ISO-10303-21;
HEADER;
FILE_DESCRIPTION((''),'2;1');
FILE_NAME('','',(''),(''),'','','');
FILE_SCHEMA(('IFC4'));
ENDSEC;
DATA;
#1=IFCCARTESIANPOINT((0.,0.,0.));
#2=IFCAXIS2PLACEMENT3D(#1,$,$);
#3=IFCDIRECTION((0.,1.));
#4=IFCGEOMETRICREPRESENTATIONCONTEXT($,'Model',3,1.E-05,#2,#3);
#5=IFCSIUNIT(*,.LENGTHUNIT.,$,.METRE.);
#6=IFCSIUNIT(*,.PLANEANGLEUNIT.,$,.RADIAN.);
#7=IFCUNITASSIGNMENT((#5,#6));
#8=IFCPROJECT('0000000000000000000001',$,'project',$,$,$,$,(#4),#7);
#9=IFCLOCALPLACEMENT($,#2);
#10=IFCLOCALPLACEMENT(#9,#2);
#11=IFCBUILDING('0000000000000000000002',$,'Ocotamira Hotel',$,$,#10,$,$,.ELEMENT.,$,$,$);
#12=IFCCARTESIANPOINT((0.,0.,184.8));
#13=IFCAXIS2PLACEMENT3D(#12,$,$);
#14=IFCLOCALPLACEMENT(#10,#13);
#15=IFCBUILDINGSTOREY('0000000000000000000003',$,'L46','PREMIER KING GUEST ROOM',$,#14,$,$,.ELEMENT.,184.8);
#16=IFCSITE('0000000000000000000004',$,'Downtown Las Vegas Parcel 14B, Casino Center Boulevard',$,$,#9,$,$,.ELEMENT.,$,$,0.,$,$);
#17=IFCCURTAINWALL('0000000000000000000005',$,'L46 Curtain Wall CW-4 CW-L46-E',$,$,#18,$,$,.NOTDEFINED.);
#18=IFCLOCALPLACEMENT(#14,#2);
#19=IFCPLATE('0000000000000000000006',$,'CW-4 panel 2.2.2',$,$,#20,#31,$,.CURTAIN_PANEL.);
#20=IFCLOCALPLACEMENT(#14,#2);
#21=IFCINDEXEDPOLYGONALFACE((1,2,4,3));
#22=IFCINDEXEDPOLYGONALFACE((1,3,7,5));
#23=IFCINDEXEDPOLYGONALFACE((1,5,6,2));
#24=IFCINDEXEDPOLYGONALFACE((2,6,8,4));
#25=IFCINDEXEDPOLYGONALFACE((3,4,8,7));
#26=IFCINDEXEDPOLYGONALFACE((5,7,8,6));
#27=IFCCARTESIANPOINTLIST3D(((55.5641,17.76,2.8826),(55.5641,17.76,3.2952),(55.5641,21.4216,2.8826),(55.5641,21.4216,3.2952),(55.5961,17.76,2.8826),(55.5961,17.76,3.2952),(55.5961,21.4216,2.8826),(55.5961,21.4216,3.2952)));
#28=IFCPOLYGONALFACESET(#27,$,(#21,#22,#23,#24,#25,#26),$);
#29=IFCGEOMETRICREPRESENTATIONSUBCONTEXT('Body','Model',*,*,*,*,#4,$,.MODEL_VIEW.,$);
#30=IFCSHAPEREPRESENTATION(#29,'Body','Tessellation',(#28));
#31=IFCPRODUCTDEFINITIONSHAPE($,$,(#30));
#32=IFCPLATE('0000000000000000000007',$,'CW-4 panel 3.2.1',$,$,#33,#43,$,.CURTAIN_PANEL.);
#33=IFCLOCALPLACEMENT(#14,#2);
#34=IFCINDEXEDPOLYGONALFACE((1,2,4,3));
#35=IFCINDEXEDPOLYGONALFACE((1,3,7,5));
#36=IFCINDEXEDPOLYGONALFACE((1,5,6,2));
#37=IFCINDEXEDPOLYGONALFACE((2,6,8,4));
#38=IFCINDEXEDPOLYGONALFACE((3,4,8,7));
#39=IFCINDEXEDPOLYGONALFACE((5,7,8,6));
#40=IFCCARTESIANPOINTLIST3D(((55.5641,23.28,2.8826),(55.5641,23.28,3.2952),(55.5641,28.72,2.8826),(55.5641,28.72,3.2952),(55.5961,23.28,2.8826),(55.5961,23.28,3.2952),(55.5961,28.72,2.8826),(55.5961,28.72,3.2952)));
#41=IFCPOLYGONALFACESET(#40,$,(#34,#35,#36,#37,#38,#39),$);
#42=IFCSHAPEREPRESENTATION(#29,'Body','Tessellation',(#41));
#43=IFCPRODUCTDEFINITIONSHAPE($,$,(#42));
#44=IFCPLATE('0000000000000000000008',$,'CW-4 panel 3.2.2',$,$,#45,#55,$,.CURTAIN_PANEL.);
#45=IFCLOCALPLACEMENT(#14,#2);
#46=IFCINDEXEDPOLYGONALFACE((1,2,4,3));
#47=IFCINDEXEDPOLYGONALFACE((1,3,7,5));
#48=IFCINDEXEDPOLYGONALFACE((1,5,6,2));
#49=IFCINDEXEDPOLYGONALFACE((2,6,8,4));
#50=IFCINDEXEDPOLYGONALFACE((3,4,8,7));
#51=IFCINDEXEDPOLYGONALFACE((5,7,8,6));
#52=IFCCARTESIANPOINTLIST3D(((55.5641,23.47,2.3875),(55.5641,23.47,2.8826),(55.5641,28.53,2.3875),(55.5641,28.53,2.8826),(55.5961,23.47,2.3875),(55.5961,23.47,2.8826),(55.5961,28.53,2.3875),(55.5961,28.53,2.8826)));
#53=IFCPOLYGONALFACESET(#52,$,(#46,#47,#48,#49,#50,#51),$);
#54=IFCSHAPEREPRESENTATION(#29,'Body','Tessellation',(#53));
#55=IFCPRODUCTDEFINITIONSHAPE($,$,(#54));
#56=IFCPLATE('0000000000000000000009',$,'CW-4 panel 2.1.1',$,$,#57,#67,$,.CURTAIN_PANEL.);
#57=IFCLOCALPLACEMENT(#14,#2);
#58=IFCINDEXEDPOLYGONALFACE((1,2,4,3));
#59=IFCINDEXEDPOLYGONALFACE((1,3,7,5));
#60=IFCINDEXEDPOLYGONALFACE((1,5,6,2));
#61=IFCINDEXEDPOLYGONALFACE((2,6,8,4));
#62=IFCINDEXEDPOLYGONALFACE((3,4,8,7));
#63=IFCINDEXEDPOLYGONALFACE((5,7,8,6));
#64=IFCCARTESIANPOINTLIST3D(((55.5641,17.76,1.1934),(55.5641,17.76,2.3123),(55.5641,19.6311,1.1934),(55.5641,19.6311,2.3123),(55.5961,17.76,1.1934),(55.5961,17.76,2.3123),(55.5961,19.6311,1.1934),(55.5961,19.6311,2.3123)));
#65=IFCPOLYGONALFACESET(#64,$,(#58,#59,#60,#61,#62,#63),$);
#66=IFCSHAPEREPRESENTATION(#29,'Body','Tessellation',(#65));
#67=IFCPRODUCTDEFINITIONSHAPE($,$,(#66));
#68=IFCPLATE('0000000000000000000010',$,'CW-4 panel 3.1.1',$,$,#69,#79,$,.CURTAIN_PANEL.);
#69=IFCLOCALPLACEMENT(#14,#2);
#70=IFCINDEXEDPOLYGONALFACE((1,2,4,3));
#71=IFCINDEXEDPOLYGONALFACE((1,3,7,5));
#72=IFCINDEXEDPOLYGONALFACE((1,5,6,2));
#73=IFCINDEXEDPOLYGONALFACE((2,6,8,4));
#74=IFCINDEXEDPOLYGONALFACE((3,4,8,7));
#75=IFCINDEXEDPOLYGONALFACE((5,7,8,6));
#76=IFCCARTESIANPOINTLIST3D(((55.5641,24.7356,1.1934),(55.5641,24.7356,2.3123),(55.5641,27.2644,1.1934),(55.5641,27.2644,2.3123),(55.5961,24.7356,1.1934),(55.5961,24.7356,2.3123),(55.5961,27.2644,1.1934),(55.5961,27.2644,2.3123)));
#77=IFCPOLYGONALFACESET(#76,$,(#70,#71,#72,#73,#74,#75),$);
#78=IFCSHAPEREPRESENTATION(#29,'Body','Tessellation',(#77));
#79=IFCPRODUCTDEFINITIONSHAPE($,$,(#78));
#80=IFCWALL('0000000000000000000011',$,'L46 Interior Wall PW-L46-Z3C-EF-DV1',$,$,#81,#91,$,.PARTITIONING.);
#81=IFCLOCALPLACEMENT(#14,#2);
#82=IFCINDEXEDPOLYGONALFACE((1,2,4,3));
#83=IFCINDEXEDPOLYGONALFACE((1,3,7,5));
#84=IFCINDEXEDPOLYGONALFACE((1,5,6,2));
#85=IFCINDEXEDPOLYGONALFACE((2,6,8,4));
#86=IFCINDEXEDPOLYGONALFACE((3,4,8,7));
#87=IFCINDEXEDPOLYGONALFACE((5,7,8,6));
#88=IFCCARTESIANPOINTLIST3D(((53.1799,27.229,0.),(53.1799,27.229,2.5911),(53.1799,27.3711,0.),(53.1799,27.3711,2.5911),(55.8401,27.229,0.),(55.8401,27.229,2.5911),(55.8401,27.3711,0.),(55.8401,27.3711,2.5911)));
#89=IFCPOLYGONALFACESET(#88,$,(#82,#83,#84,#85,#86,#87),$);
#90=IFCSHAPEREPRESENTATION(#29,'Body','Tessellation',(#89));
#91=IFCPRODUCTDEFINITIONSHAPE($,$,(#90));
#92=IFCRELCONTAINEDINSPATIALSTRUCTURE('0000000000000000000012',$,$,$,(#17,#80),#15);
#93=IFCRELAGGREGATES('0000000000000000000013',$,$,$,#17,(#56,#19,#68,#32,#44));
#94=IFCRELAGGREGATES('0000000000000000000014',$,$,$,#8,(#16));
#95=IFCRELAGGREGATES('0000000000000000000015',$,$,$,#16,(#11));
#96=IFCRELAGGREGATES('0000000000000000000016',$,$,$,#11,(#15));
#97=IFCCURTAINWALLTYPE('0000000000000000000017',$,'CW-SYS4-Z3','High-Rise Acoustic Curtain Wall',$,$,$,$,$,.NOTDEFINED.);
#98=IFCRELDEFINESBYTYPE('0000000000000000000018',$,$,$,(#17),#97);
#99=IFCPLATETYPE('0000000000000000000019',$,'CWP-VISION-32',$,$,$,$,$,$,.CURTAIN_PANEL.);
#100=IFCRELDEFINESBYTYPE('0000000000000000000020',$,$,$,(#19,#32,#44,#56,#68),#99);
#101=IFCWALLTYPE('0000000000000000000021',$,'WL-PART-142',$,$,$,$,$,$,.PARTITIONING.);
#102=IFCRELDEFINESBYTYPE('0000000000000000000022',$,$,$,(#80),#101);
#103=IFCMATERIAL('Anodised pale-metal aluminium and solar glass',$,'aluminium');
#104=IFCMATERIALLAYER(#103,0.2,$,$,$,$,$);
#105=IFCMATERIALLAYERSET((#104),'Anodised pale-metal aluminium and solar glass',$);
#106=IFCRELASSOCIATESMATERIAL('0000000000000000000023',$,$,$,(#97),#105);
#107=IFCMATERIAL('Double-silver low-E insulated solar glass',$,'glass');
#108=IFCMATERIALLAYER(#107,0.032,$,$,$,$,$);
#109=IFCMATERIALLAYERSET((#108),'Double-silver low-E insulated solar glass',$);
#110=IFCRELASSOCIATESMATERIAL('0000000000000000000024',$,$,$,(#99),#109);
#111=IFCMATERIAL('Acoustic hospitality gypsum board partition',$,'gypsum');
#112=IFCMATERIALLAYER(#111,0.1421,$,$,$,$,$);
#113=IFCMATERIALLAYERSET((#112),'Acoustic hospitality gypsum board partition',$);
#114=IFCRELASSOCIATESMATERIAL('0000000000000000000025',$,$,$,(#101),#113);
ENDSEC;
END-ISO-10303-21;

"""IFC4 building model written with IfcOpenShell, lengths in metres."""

from ifc_helpers import new_model, si_unit, direction, frame, frame_2d, origin, origin_2d, place, context, subcontext, project, spatial, rectangle, extrude, source, transform, mapped, material, layer, layer_set, type_object, element, aggregate, save


model = new_model("IFC4")

# Units and contexts
model_context = context("Model", 3, precision=1e-05, world=origin(), true_north=direction((0.0, 1.0)))
body_context = subcontext(model_context, "Body", "Model", "MODEL_VIEW")
ifc_project = project(units=[si_unit("LENGTHUNIT", "METRE"), si_unit("PLANEANGLEUNIT", "RADIAN")], contexts=[model_context])

# Site, building, storey
site_placement = place(None, origin())
site = spatial("IfcSite", under=ifc_project, at=site_placement, Name="Downtown Las Vegas Parcel 14B, Casino Center Boulevard", CompositionType="ELEMENT", RefElevation=0.0)
building_placement = place(site_placement, origin())
building = spatial("IfcBuilding", under=site, at=building_placement, Name="Ocotamira Hotel", CompositionType="ELEMENT")
storey_placement = place(building_placement, frame((0.0, 0.0, 184.8)))
storey = spatial("IfcBuildingStorey", under=building, at=storey_placement, Name="L46", Description="PREMIER KING GUEST ROOM", CompositionType="ELEMENT", Elevation=184.8)

# Curtain wall
ifc_material_1 = material(Name="Anodised pale-metal aluminium and solar glass", Category="aluminium")
ifc_layer_1 = layer(ifc_material_1, 0.2)
ifc_layer_set_1 = layer_set([ifc_layer_1], Name="Anodised pale-metal aluminium and solar glass")
curtain_wall_type = type_object("IfcCurtainWallType", Name="CW-SYS4-Z3", Description="High-Rise Acoustic Curtain Wall", PredefinedType="NOTDEFINED", material=ifc_layer_set_1)
curtain_wall_placement = place(storey_placement, origin())
curtain_wall = element("IfcCurtainWall", 1, at=curtain_wall_placement, inside=storey, type_object=curtain_wall_type, Name="L46 Curtain Wall CW-4 CW-L46-E", PredefinedType="NOTDEFINED")

# Plates
ifc_material_2 = material(Name="Double-silver low-E insulated solar glass", Category="glass")
ifc_layer_2 = layer(ifc_material_2, 0.032)
ifc_layer_set_2 = layer_set([ifc_layer_2], Name="Double-silver low-E insulated solar glass")
plate_type_1 = type_object("IfcPlateType", Name="CWP-VISION-32", PredefinedType="CURTAIN_PANEL", material=ifc_layer_set_2)
shared_shape_1 = source(origin(), body_context, "Body", "SweptSolid", [
    extrude(rectangle(XDim=3.6616, YDim=0.032, at=origin_2d()), origin(), (0.0, 0.0, 1.0), 0.4126),
])
plate_1_placement = place(storey_placement, frame((55.5801, 19.5908, 2.8826), z_axis=(0.0, 0.0, 1.0), x_axis=(0.0, 1.0, 0.0)))
plate_1 = element("IfcPlate", 2, at=plate_1_placement, type_object=plate_type_1, Name="CW-4 panel 2.2.2", PredefinedType="CURTAIN_PANEL", context=body_context, shape_type="MappedRepresentation", body=[
    mapped(shared_shape_1, transform((0.0, 0.0, 0.0), scale=1.0)),
])
shared_shape_2 = source(origin(), body_context, "Body", "SweptSolid", [
    extrude(rectangle(XDim=5.4399, YDim=0.032, at=origin_2d()), origin(), (0.0, 0.0, 1.0), 0.4126),
])
plate_2_placement = place(storey_placement, frame((55.5801, 26.0, 2.8826), z_axis=(0.0, 0.0, 1.0), x_axis=(0.0, 1.0, 0.0)))
plate_2 = element("IfcPlate", 3, at=plate_2_placement, type_object=plate_type_1, Name="CW-4 panel 3.2.1", PredefinedType="CURTAIN_PANEL", context=body_context, shape_type="MappedRepresentation", body=[
    mapped(shared_shape_2, transform((0.0, 0.0, 0.0), scale=1.0)),
])
shared_shape_3 = source(origin(), body_context, "Body", "SweptSolid", [
    extrude(rectangle(XDim=5.0601, YDim=0.032, at=origin_2d()), origin(), (0.0, 0.0, 1.0), 0.4951),
])
plate_3_placement = place(storey_placement, frame((55.5801, 26.0, 2.3875), z_axis=(0.0, 0.0, 1.0), x_axis=(0.0, 1.0, 0.0)))
plate_3 = element("IfcPlate", 4, at=plate_3_placement, type_object=plate_type_1, Name="CW-4 panel 3.2.2", PredefinedType="CURTAIN_PANEL", context=body_context, shape_type="MappedRepresentation", body=[
    mapped(shared_shape_3, transform((0.0, 0.0, 0.0), scale=1.0)),
])
shared_shape_4 = source(origin(), body_context, "Body", "SweptSolid", [
    extrude(rectangle(XDim=1.8711, YDim=0.032, at=origin_2d()), origin(), (0.0, 0.0, 1.0), 1.1189),
])
plate_4_placement = place(storey_placement, frame((55.5801, 18.6956, 1.1934), z_axis=(0.0, 0.0, 1.0), x_axis=(0.0, 1.0, 0.0)))
plate_4 = element("IfcPlate", 5, at=plate_4_placement, type_object=plate_type_1, Name="CW-4 panel 2.1.1", PredefinedType="CURTAIN_PANEL", context=body_context, shape_type="MappedRepresentation", body=[
    mapped(shared_shape_4, transform((0.0, 0.0, 0.0), scale=1.0)),
])
shared_shape_5 = source(origin(), body_context, "Body", "SweptSolid", [
    extrude(rectangle(XDim=2.5288, YDim=0.032, at=origin_2d()), origin(), (0.0, 0.0, 1.0), 1.1189),
])
plate_5_placement = place(storey_placement, frame((55.5801, 26.0, 1.1934), z_axis=(0.0, 0.0, 1.0), x_axis=(0.0, 1.0, 0.0)))
plate_5 = element("IfcPlate", 6, at=plate_5_placement, type_object=plate_type_1, Name="CW-4 panel 3.1.1", PredefinedType="CURTAIN_PANEL", context=body_context, shape_type="MappedRepresentation", body=[
    mapped(shared_shape_5, transform((0.0, 0.0, 0.0), scale=1.0)),
])
aggregate(curtain_wall, [plate_4, plate_1, plate_5, plate_2, plate_3])

# Wall
ifc_material_3 = material(Name="Acoustic hospitality gypsum board partition", Category="gypsum")
ifc_layer_3 = layer(ifc_material_3, 0.1421)
ifc_layer_set_3 = layer_set([ifc_layer_3], Name="Acoustic hospitality gypsum board partition")
wall_type = type_object("IfcWallType", Name="WL-PART-142", PredefinedType="PARTITIONING", material=ifc_layer_set_3)
wall_placement = place(storey_placement, frame((53.1799, 27.3, 0.0), z_axis=(0.0, 0.0, 1.0), x_axis=(1.0, 0.0, 0.0)))
element("IfcWall", 7, at=wall_placement, inside=storey, type_object=wall_type, Name="L46 Interior Wall PW-L46-Z3C-EF-DV1", PredefinedType="PARTITIONING", context=body_context, shape_type="SweptSolid", body=[
    extrude(rectangle(XDim=2.6602, YDim=0.1421, at=frame_2d((1.3301, 0.0))), origin(), (0.0, 0.0, 1.0), 2.5911),
])

save(model, "model.ifc")
